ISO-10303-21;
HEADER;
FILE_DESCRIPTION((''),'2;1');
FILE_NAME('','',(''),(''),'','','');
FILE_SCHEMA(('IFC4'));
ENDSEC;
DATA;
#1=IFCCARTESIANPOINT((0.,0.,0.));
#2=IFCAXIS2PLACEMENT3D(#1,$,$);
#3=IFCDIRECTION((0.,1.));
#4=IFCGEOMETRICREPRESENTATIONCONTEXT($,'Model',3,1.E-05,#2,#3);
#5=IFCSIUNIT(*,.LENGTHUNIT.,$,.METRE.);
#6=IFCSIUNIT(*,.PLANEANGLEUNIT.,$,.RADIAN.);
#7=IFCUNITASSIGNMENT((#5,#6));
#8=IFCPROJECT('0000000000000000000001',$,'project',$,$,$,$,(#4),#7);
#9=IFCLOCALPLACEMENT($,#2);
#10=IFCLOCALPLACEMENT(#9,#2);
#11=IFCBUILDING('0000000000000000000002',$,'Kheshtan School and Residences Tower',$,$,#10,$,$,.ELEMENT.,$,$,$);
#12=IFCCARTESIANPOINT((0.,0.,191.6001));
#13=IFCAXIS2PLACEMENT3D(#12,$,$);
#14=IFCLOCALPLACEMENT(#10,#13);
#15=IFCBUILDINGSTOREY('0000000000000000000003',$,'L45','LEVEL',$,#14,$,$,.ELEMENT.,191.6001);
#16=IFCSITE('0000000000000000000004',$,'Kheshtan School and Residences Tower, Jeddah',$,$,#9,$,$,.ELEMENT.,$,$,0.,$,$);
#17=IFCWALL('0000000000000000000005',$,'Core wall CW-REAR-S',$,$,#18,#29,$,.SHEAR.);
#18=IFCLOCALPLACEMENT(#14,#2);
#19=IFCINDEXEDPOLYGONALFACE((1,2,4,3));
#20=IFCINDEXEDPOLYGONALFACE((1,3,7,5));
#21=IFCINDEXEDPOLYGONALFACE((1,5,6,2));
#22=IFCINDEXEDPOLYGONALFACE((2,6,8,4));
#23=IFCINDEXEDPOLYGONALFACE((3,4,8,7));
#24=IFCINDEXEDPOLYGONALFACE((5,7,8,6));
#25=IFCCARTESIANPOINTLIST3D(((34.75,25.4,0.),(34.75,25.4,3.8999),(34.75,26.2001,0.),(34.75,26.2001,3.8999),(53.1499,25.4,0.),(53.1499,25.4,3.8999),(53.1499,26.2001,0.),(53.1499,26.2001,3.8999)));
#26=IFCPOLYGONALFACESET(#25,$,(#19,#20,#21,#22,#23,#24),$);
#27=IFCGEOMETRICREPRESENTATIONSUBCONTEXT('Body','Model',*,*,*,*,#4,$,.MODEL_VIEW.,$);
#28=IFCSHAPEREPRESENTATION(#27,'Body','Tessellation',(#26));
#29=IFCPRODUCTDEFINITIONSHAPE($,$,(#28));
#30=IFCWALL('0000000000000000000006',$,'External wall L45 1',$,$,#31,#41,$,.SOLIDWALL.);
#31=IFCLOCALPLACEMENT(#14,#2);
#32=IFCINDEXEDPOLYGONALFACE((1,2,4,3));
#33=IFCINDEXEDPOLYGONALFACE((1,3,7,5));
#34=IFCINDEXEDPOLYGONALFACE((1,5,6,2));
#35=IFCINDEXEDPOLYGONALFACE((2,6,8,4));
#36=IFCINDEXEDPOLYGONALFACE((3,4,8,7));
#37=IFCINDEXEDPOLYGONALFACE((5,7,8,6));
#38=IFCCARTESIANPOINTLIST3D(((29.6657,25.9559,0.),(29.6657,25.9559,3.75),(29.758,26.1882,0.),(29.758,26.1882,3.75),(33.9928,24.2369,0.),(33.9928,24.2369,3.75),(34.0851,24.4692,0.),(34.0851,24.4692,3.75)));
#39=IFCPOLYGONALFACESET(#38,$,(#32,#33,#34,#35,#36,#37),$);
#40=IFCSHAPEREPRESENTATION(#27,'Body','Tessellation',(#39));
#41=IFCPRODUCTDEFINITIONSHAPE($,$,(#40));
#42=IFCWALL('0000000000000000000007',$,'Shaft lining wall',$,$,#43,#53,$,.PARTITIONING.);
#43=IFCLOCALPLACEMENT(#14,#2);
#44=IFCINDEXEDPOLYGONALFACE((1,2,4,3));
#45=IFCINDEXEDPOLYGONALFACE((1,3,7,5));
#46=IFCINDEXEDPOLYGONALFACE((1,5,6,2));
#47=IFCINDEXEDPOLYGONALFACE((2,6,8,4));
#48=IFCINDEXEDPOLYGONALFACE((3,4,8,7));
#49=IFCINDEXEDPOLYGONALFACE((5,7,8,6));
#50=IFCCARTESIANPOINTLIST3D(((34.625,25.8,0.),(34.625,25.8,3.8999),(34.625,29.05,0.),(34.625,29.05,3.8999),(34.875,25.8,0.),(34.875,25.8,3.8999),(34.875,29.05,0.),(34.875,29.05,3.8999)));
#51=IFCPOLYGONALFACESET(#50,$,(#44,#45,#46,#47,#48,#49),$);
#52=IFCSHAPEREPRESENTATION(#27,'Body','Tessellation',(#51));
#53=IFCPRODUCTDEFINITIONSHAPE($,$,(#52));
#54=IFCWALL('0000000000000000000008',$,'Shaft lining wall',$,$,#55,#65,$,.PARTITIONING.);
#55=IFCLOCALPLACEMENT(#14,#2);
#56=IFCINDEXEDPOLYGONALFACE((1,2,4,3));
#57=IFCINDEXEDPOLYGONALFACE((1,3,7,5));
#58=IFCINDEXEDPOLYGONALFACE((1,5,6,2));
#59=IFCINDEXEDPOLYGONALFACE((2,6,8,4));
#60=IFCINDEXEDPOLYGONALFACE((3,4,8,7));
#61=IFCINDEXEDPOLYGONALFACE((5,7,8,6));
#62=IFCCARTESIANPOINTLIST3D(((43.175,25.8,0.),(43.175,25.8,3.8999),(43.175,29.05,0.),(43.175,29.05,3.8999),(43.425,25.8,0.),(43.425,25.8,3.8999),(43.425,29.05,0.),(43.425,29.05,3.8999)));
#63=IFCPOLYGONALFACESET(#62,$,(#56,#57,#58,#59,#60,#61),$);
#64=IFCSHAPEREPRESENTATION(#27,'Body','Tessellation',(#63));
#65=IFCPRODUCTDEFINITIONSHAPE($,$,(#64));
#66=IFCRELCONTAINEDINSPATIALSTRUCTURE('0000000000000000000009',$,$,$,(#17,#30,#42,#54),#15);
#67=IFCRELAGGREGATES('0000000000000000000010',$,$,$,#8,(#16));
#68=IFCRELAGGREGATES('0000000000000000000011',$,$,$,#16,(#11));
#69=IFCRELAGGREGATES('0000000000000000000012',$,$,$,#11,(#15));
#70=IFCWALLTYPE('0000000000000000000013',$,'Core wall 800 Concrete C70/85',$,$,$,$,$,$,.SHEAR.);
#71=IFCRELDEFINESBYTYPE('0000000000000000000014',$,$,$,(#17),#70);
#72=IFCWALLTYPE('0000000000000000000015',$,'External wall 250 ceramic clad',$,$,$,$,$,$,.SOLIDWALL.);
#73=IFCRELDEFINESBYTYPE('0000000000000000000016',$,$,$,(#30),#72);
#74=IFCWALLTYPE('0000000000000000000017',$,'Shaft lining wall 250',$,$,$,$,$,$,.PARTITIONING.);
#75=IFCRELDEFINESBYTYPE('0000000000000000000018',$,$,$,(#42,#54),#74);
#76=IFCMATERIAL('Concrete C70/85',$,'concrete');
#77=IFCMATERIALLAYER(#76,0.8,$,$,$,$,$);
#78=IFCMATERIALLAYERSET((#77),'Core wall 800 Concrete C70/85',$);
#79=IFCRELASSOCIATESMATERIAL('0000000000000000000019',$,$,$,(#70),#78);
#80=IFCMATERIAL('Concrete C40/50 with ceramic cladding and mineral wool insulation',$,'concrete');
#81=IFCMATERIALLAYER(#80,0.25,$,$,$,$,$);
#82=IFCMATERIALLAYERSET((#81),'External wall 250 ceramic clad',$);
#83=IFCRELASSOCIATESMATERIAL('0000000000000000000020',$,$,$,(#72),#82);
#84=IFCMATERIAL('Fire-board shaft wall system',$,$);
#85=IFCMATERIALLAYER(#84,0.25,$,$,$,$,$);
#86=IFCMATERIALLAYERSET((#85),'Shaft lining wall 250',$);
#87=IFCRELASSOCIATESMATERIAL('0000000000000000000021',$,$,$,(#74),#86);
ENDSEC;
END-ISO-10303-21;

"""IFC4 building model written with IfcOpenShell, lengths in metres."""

from ifc_helpers import new_model, si_unit, direction, frame, frame_2d, origin, place, context, subcontext, project, spatial, rectangle, extrude, material, layer, layer_set, type_object, element, save


model = new_model("IFC4")

# Units and contexts
model_context = context("Model", 3, precision=1e-05, world=origin(), true_north=direction((0.0, 1.0)))
body_context = subcontext(model_context, "Body", "Model", "MODEL_VIEW")
ifc_project = project(units=[si_unit("LENGTHUNIT", "METRE"), si_unit("PLANEANGLEUNIT", "RADIAN")], contexts=[model_context])

# Site, building, storey
site_placement = place(None, origin())
site = spatial("IfcSite", under=ifc_project, at=site_placement, Name="Kheshtan School and Residences Tower, Jeddah", CompositionType="ELEMENT", RefElevation=0.0)
building_placement = place(site_placement, origin())
building = spatial("IfcBuilding", under=site, at=building_placement, Name="Kheshtan School and Residences Tower", CompositionType="ELEMENT")
storey_placement = place(building_placement, frame((0.0, 0.0, 191.6001)))
storey = spatial("IfcBuildingStorey", under=building, at=storey_placement, Name="L45", Description="LEVEL", CompositionType="ELEMENT", Elevation=191.6001)

# Walls
ifc_material_1 = material(Name="Concrete C70/85", Category="concrete")
ifc_layer_1 = layer(ifc_material_1, 0.8)
ifc_layer_set_1 = layer_set([ifc_layer_1], Name="Core wall 800 Concrete C70/85")
wall_type_1 = type_object("IfcWallType", Name="Core wall 800 Concrete C70/85", PredefinedType="SHEAR", material=ifc_layer_set_1)
wall_1_placement = place(storey_placement, frame((34.75, 25.8, 0.0), z_axis=(0.0, 0.0, 1.0), x_axis=(1.0, 0.0, 0.0)))
element("IfcWall", 1, at=wall_1_placement, inside=storey, type_object=wall_type_1, Name="Core wall CW-REAR-S", PredefinedType="SHEAR", context=body_context, shape_type="SweptSolid", body=[
    extrude(rectangle(XDim=18.3999, YDim=0.8, at=frame_2d((9.2, 0.0))), origin(), (0.0, 0.0, 1.0), 3.8999),
])
ifc_material_2 = material(Name="Concrete C40/50 with ceramic cladding and mineral wool insulation", Category="concrete")
ifc_layer_2 = layer(ifc_material_2, 0.25)
ifc_layer_set_2 = layer_set([ifc_layer_2], Name="External wall 250 ceramic clad")
wall_type_2 = type_object("IfcWallType", Name="External wall 250 ceramic clad", PredefinedType="SOLIDWALL", material=ifc_layer_set_2)
wall_2_placement = place(storey_placement, frame((34.0391, 24.353, 0.0), z_axis=(0.0, 0.0, 1.0), x_axis=(-0.929353, 0.369193, 0.0)))
element("IfcWall", 2, at=wall_2_placement, inside=storey, type_object=wall_type_2, Name="External wall L45 1", PredefinedType="SOLIDWALL", context=body_context, shape_type="SweptSolid", body=[
    extrude(rectangle(XDim=4.656, YDim=0.25, at=frame_2d((2.3281, 0.0))), origin(), (0.0, 0.0, 1.0), 3.75),
])
ifc_material_3 = material(Name="Fire-board shaft wall system")
ifc_layer_3 = layer(ifc_material_3, 0.25)
ifc_layer_set_3 = layer_set([ifc_layer_3], Name="Shaft lining wall 250")
wall_type_3 = type_object("IfcWallType", Name="Shaft lining wall 250", PredefinedType="PARTITIONING", material=ifc_layer_set_3)
for number, where, z_axis, x_axis, name in (
    (3, (34.75, 25.8, 0.0), (0.0, 0.0, 1.0), (0.0, 1.0, 0.0), "Shaft lining wall"),
    (4, (43.3, 25.8, 0.0), (0.0, 0.0, 1.0), (0.0, 1.0, 0.0), "Shaft lining wall"),
):
    element("IfcWall", number, at=place(storey_placement, frame(where, z_axis=z_axis, x_axis=x_axis)), inside=storey, type_object=wall_type_3, Name=name, PredefinedType="PARTITIONING", context=body_context, shape_type="SweptSolid", body=[
        extrude(rectangle(XDim=3.25, YDim=0.25, at=frame_2d((1.625, 0.0))), origin(), (0.0, 0.0, 1.0), 3.8999),
    ])

save(model, "model.ifc")
